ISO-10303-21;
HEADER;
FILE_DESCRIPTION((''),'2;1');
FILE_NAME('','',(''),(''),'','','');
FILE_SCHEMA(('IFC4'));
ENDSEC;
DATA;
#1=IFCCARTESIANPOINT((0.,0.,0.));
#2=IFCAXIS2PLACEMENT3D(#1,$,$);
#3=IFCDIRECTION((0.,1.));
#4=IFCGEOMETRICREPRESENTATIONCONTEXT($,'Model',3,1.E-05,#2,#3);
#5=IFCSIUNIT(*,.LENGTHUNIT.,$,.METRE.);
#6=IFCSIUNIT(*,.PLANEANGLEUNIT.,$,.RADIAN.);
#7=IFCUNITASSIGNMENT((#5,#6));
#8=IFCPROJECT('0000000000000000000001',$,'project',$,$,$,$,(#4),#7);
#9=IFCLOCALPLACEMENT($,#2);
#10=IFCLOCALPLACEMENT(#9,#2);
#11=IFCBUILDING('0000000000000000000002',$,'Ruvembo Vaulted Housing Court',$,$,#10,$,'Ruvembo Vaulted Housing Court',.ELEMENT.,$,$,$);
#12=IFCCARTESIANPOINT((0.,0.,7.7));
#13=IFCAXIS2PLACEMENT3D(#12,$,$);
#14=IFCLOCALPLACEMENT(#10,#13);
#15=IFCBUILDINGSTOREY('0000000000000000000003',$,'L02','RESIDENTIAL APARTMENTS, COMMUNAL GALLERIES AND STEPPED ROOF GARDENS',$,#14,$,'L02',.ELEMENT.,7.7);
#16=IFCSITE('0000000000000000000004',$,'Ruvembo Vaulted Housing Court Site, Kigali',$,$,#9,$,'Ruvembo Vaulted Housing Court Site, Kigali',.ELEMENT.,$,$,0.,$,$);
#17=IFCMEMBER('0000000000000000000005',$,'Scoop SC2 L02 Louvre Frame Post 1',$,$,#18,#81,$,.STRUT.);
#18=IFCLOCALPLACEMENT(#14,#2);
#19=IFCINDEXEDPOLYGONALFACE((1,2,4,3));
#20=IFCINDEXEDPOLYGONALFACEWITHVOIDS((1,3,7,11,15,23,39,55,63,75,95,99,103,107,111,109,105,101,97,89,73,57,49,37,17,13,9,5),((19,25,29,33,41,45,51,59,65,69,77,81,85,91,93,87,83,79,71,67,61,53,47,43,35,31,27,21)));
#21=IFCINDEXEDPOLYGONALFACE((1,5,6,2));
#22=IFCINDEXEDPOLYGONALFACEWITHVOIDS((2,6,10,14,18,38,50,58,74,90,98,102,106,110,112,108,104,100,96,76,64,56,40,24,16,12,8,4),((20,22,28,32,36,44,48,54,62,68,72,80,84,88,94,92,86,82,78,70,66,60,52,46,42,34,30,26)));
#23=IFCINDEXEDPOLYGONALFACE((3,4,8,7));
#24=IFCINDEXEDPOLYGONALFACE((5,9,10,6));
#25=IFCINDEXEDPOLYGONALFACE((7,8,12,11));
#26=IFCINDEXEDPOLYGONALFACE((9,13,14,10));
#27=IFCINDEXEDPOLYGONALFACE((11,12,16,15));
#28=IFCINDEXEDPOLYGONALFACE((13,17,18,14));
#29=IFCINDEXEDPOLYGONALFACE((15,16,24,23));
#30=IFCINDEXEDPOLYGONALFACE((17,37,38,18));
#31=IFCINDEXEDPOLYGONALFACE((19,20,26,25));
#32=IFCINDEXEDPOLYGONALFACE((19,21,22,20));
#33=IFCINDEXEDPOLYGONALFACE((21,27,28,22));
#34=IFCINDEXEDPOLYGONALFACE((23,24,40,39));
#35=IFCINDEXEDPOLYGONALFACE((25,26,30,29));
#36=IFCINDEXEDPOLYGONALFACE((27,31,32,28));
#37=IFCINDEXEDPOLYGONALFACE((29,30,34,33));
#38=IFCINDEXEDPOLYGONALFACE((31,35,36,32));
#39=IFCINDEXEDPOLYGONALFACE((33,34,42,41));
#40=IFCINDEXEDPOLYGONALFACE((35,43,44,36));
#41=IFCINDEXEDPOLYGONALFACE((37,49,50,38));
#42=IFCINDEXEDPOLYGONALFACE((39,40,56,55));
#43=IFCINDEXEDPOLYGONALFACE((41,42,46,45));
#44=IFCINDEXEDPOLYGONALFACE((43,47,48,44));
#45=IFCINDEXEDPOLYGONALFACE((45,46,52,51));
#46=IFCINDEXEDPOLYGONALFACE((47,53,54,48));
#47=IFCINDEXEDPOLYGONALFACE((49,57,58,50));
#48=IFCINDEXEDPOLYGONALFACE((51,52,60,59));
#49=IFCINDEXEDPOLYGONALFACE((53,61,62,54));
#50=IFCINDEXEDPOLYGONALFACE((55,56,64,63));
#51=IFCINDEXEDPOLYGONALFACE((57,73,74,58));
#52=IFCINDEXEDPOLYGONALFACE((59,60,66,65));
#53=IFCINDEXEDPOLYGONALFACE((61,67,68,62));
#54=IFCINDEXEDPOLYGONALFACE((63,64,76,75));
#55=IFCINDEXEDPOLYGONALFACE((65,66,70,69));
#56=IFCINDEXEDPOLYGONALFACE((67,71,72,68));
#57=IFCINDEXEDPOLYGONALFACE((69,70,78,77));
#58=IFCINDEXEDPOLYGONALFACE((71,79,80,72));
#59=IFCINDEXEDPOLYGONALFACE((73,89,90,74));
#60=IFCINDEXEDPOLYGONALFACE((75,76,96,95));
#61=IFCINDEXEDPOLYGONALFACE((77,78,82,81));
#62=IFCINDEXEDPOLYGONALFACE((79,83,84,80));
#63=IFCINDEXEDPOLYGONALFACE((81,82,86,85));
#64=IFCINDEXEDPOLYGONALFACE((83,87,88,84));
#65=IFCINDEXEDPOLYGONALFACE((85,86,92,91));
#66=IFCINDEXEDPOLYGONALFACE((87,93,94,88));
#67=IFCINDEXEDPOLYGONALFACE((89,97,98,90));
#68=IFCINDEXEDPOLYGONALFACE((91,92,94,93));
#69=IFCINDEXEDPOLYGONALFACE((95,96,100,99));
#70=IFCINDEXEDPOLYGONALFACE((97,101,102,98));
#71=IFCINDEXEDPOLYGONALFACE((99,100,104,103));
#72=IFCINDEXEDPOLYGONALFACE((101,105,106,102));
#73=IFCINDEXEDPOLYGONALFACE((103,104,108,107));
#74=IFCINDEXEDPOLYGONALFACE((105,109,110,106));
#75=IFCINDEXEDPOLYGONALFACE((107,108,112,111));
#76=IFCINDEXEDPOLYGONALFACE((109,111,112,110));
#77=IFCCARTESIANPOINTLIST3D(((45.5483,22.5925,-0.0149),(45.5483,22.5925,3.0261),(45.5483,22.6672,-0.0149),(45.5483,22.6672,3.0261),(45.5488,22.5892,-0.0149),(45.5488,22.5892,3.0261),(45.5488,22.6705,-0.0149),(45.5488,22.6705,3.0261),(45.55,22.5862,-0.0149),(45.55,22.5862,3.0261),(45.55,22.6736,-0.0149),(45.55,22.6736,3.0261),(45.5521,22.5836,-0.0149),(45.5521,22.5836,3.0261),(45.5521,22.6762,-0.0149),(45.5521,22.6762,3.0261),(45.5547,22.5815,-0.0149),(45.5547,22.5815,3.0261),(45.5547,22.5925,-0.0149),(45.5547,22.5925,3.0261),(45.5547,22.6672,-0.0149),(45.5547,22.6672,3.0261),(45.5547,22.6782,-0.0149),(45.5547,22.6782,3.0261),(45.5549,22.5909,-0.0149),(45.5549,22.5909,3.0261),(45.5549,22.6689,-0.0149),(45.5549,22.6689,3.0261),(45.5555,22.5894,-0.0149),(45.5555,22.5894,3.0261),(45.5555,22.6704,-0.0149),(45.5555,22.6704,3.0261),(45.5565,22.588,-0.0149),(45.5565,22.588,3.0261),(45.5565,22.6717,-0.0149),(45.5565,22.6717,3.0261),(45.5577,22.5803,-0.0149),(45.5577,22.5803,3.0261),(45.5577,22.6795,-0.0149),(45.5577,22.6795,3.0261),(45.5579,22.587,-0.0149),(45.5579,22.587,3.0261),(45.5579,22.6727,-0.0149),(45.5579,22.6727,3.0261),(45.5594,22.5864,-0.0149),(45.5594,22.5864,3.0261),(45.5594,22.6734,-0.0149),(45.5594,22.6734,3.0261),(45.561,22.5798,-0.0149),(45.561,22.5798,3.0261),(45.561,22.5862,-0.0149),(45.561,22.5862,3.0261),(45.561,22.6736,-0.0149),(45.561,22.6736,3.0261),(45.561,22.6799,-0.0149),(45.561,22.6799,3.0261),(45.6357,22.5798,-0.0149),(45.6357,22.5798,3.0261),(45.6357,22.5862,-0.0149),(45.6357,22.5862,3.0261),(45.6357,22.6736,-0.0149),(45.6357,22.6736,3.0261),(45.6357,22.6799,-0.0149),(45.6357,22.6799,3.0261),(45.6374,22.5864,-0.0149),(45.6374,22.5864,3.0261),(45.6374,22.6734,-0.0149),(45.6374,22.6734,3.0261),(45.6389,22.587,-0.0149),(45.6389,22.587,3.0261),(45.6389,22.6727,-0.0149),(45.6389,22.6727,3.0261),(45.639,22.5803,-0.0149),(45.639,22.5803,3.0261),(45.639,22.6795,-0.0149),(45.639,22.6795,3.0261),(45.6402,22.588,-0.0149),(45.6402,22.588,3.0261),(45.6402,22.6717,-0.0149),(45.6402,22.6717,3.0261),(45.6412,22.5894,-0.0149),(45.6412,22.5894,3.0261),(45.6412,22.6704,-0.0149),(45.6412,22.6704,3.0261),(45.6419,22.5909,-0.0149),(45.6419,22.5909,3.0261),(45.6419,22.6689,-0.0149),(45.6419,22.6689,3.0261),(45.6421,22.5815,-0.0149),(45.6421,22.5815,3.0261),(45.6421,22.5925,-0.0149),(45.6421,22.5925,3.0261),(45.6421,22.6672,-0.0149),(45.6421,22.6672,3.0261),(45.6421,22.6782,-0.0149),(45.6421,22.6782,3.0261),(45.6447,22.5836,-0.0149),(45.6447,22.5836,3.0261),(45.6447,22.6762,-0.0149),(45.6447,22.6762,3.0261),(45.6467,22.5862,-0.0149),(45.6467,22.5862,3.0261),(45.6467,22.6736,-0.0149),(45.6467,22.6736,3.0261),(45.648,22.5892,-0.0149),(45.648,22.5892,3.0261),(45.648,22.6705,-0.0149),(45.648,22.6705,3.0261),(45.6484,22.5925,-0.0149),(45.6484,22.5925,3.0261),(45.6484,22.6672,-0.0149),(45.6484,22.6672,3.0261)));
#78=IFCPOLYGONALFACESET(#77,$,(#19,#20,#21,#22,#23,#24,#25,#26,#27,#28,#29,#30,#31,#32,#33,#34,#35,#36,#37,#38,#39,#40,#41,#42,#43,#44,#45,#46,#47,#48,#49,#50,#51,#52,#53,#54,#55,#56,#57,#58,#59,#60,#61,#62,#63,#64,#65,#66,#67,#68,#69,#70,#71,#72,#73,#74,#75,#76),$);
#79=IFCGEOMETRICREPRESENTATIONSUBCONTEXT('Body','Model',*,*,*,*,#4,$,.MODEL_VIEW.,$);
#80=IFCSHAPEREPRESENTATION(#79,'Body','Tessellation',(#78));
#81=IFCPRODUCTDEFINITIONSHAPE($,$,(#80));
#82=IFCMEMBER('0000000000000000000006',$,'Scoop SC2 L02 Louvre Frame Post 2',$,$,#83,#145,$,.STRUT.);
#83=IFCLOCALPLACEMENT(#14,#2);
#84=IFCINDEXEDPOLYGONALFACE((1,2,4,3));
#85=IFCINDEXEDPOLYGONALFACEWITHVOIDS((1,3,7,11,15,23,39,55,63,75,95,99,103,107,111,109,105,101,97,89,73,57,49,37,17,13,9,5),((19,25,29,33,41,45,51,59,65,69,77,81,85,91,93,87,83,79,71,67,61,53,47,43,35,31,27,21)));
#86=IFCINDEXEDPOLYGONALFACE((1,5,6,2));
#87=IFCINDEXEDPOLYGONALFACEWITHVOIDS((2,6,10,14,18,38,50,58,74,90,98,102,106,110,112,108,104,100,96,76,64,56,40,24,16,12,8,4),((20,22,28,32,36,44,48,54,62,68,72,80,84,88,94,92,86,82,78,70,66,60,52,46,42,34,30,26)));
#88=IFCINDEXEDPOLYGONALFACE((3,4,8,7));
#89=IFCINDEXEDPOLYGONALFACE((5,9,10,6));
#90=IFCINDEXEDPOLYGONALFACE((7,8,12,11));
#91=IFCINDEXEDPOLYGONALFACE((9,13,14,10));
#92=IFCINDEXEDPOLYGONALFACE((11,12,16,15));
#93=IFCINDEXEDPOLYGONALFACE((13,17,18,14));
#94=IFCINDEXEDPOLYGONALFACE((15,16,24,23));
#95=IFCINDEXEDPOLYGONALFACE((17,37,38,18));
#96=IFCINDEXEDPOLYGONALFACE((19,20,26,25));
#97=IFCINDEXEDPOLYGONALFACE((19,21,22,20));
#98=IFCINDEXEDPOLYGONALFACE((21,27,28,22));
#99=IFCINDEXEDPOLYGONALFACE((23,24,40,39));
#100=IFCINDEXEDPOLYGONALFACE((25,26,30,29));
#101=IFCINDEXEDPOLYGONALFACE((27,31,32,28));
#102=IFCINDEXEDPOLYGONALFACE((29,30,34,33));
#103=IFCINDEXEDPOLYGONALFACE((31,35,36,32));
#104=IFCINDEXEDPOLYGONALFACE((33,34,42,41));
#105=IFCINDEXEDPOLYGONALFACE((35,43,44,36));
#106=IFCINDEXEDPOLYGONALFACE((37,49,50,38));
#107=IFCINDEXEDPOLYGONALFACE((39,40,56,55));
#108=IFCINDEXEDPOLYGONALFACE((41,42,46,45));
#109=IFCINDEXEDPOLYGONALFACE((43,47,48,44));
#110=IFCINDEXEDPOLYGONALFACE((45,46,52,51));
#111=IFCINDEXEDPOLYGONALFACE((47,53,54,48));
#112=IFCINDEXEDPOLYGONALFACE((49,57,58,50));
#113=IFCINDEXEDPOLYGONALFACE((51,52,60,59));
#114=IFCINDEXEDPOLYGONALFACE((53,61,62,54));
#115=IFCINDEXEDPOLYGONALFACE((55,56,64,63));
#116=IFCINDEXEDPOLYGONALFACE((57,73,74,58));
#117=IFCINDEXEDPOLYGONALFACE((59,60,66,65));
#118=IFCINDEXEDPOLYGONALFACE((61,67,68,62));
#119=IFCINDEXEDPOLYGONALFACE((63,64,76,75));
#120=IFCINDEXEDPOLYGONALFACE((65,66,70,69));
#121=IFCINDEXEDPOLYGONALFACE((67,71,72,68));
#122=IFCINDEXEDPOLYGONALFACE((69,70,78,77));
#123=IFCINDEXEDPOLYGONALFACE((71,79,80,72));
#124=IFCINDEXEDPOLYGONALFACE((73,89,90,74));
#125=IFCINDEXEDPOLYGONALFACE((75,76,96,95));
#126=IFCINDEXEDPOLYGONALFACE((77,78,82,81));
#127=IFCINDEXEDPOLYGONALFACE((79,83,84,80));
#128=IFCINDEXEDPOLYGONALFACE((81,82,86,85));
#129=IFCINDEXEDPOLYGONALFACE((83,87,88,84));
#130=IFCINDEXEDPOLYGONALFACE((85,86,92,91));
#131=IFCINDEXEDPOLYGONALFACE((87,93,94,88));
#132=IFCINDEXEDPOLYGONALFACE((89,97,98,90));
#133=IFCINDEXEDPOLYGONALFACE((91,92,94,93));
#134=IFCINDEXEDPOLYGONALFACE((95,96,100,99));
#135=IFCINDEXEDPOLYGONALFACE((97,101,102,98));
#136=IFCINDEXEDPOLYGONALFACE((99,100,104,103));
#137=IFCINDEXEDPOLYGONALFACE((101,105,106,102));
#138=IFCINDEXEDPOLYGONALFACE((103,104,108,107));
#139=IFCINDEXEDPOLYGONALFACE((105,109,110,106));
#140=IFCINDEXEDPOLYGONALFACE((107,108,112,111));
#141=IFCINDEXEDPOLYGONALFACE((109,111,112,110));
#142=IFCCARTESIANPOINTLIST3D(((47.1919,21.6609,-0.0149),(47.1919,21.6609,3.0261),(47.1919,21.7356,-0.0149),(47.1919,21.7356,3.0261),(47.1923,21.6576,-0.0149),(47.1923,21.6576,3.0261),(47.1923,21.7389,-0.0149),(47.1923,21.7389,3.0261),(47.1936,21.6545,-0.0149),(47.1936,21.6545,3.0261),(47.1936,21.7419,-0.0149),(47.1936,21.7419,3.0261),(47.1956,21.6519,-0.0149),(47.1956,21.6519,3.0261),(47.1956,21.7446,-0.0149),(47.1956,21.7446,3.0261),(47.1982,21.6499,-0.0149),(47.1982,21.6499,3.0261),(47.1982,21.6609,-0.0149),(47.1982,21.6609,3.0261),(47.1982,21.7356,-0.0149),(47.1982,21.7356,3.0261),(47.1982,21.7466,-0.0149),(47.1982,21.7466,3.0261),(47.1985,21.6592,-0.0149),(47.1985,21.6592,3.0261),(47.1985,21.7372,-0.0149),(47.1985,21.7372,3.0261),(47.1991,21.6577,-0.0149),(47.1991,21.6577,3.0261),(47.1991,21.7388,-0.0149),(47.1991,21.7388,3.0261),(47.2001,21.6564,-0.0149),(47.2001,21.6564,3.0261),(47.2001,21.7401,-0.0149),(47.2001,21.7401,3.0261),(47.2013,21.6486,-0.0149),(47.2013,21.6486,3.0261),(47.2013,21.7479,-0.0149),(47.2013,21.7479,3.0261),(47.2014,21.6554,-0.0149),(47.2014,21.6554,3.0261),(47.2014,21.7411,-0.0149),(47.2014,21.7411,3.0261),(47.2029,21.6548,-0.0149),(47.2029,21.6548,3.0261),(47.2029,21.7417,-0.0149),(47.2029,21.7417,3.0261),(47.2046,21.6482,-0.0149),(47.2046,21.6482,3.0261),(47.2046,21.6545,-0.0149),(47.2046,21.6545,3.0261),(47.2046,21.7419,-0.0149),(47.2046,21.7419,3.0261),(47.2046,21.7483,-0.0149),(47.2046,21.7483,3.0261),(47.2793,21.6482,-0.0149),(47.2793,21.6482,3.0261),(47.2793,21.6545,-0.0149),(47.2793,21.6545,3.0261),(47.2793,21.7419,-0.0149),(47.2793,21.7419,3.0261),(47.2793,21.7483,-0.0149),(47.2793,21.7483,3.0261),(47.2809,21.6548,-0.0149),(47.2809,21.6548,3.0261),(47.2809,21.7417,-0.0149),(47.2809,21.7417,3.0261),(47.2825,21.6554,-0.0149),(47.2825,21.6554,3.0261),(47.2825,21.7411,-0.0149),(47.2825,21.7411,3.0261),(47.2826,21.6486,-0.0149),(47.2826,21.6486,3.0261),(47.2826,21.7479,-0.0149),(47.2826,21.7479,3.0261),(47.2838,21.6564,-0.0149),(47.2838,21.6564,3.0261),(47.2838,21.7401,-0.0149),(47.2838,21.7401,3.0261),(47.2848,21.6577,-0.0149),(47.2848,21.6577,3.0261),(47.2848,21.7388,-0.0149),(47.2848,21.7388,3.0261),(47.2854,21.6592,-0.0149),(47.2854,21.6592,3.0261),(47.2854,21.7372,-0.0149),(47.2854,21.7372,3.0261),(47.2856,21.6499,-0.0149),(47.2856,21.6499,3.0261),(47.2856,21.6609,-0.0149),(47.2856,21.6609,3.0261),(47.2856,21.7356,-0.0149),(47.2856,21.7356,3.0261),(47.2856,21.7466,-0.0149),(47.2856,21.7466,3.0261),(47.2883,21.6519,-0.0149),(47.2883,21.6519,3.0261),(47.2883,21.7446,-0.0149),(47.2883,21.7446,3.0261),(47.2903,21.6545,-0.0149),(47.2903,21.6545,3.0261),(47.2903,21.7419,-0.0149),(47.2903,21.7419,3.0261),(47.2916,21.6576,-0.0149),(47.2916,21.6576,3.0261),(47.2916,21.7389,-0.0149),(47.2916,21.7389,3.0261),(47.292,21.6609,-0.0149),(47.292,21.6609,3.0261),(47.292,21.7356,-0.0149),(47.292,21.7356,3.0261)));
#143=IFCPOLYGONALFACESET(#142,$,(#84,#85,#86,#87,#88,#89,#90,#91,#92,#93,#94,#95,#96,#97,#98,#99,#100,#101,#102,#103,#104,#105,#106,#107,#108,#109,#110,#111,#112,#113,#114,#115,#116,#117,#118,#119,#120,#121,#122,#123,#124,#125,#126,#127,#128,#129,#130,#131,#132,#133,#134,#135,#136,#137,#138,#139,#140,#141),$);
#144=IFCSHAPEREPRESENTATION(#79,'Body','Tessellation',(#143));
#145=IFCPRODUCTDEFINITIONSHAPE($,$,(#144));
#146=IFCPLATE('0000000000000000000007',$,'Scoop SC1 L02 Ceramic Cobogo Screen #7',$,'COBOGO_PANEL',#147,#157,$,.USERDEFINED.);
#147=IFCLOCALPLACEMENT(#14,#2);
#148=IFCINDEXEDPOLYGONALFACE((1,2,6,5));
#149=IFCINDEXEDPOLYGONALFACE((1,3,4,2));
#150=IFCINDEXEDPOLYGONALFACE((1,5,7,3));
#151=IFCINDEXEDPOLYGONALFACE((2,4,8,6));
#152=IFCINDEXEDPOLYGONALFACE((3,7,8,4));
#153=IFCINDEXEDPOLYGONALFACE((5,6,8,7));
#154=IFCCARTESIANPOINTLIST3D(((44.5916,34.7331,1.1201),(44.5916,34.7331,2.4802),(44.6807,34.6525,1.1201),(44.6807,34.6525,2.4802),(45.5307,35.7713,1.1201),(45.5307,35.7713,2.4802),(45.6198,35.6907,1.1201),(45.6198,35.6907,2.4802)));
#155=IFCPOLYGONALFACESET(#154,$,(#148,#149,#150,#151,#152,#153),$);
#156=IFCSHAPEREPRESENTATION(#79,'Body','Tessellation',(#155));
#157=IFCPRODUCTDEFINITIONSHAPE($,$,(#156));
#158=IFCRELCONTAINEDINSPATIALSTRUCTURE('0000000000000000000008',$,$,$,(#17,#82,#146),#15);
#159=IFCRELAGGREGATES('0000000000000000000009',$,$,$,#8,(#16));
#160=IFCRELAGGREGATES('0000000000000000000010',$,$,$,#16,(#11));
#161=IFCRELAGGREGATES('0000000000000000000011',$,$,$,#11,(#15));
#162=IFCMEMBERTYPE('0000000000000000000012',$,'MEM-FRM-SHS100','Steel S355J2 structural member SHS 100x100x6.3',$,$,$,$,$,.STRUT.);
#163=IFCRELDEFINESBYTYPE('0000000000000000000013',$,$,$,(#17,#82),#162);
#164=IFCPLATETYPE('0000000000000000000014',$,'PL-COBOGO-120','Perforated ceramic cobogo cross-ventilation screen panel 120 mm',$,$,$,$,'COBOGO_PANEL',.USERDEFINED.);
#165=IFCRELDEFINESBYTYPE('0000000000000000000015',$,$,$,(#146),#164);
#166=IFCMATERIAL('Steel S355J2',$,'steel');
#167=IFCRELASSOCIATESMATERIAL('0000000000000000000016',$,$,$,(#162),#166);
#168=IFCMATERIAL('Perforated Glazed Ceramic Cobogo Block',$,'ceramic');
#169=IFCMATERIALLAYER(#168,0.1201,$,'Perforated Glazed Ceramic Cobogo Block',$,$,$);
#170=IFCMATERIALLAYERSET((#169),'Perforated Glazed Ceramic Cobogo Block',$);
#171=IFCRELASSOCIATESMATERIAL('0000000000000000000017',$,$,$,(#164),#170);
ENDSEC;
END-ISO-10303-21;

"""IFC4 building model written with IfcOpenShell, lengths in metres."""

from ifc_helpers import new_model, si_unit, direction, frame, origin, origin_2d, place, context, subcontext, project, spatial, rectangle, hollow_rectangle, extrude, material, layer, layer_set, material_profile, profile_set, type_object, element, save


model = new_model("IFC4")

# Units and contexts
model_context = context("Model", 3, precision=1e-05, world=origin(), true_north=direction((0.0, 1.0)))
body_context = subcontext(model_context, "Body", "Model", "MODEL_VIEW")
ifc_project = project(units=[si_unit("LENGTHUNIT", "METRE"), si_unit("PLANEANGLEUNIT", "RADIAN")], contexts=[model_context])

# Site, building, storey
site_placement = place(None, origin())
site = spatial("IfcSite", under=ifc_project, at=site_placement, Name="Ruvembo Vaulted Housing Court Site, Kigali", LongName="Ruvembo Vaulted Housing Court Site, Kigali", CompositionType="ELEMENT", RefElevation=0.0)
building_placement = place(site_placement, origin())
building = spatial("IfcBuilding", under=site, at=building_placement, Name="Ruvembo Vaulted Housing Court", LongName="Ruvembo Vaulted Housing Court", CompositionType="ELEMENT")
storey_placement = place(building_placement, frame((0.0, 0.0, 7.7)))
storey = spatial("IfcBuildingStorey", under=building, at=storey_placement, Name="L02", Description="RESIDENTIAL APARTMENTS, COMMUNAL GALLERIES AND STEPPED ROOF GARDENS", LongName="L02", CompositionType="ELEMENT", Elevation=7.7)

# Shared definitions
ifc_material_1 = material(Name="Steel S355J2", Category="steel")

# Members
ifc_material_profile_1 = material_profile(ifc_material_1, hollow_rectangle(XDim=0.1001, YDim=0.1001, WallThickness=0.0063, InnerFilletRadius=0.0063, OuterFilletRadius=0.0127, at=origin_2d()), Name="SHS 100x100x6.3")
ifc_profile_set_1 = profile_set([ifc_material_profile_1], Name="Steel S355J2")
member_type_1 = type_object("IfcMemberType", Name="MEM-FRM-SHS100", Description="Steel S355J2 structural member SHS 100x100x6.3", PredefinedType="STRUT", material=ifc_profile_set_1)
for number, where, z_axis, x_axis, name in (
    (1, (45.5984, 22.6299, -0.0149), (0.0, 0.0, 1.0), (1.0, 0.0, 0.0), "Scoop SC2 L02 Louvre Frame Post 1"),
    (2, (47.2419, 21.6982, -0.0149), (0.0, 0.0, 1.0), (1.0, 0.0, 0.0), "Scoop SC2 L02 Louvre Frame Post 2"),
):
    element("IfcMember", number, at=place(storey_placement, frame(where, z_axis=z_axis, x_axis=x_axis)), inside=storey, type_object=member_type_1, Name=name, PredefinedType="STRUT", context=body_context, shape_type="SweptSolid", body=[
        extrude(hollow_rectangle(XDim=0.1001, YDim=0.1001, WallThickness=0.0063, InnerFilletRadius=0.0063, OuterFilletRadius=0.0127, at=origin_2d()), origin(), (0.0, 0.0, 1.0), 3.041),
    ])

# Plate
ifc_material_2 = material(Name="Perforated Glazed Ceramic Cobogo Block", Category="ceramic")
ifc_layer_1 = layer(ifc_material_2, 0.1201, Name="Perforated Glazed Ceramic Cobogo Block")
ifc_layer_set_1 = layer_set([ifc_layer_1], Name="Perforated Glazed Ceramic Cobogo Block")
plate_type = type_object("IfcPlateType", Name="PL-COBOGO-120", Description="Perforated ceramic cobogo cross-ventilation screen panel 120 mm", ElementType="COBOGO_PANEL", PredefinedType="USERDEFINED", material=ifc_layer_set_1)
plate_placement = place(storey_placement, frame((45.1057, 35.2119, 1.1201), z_axis=(0.0, 0.0, 1.0), x_axis=(0.670815, 0.741625, 0.0)))
element("IfcPlate", 3, at=plate_placement, inside=storey, type_object=plate_type, Name="Scoop SC1 L02 Ceramic Cobogo Screen #7", ObjectType="COBOGO_PANEL", PredefinedType="USERDEFINED", context=body_context, shape_type="SweptSolid", body=[
    extrude(rectangle(XDim=1.3999, YDim=0.1201, at=origin_2d()), origin(), (0.0, 0.0, 1.0), 1.3601),
])

save(model, "model.ifc")
